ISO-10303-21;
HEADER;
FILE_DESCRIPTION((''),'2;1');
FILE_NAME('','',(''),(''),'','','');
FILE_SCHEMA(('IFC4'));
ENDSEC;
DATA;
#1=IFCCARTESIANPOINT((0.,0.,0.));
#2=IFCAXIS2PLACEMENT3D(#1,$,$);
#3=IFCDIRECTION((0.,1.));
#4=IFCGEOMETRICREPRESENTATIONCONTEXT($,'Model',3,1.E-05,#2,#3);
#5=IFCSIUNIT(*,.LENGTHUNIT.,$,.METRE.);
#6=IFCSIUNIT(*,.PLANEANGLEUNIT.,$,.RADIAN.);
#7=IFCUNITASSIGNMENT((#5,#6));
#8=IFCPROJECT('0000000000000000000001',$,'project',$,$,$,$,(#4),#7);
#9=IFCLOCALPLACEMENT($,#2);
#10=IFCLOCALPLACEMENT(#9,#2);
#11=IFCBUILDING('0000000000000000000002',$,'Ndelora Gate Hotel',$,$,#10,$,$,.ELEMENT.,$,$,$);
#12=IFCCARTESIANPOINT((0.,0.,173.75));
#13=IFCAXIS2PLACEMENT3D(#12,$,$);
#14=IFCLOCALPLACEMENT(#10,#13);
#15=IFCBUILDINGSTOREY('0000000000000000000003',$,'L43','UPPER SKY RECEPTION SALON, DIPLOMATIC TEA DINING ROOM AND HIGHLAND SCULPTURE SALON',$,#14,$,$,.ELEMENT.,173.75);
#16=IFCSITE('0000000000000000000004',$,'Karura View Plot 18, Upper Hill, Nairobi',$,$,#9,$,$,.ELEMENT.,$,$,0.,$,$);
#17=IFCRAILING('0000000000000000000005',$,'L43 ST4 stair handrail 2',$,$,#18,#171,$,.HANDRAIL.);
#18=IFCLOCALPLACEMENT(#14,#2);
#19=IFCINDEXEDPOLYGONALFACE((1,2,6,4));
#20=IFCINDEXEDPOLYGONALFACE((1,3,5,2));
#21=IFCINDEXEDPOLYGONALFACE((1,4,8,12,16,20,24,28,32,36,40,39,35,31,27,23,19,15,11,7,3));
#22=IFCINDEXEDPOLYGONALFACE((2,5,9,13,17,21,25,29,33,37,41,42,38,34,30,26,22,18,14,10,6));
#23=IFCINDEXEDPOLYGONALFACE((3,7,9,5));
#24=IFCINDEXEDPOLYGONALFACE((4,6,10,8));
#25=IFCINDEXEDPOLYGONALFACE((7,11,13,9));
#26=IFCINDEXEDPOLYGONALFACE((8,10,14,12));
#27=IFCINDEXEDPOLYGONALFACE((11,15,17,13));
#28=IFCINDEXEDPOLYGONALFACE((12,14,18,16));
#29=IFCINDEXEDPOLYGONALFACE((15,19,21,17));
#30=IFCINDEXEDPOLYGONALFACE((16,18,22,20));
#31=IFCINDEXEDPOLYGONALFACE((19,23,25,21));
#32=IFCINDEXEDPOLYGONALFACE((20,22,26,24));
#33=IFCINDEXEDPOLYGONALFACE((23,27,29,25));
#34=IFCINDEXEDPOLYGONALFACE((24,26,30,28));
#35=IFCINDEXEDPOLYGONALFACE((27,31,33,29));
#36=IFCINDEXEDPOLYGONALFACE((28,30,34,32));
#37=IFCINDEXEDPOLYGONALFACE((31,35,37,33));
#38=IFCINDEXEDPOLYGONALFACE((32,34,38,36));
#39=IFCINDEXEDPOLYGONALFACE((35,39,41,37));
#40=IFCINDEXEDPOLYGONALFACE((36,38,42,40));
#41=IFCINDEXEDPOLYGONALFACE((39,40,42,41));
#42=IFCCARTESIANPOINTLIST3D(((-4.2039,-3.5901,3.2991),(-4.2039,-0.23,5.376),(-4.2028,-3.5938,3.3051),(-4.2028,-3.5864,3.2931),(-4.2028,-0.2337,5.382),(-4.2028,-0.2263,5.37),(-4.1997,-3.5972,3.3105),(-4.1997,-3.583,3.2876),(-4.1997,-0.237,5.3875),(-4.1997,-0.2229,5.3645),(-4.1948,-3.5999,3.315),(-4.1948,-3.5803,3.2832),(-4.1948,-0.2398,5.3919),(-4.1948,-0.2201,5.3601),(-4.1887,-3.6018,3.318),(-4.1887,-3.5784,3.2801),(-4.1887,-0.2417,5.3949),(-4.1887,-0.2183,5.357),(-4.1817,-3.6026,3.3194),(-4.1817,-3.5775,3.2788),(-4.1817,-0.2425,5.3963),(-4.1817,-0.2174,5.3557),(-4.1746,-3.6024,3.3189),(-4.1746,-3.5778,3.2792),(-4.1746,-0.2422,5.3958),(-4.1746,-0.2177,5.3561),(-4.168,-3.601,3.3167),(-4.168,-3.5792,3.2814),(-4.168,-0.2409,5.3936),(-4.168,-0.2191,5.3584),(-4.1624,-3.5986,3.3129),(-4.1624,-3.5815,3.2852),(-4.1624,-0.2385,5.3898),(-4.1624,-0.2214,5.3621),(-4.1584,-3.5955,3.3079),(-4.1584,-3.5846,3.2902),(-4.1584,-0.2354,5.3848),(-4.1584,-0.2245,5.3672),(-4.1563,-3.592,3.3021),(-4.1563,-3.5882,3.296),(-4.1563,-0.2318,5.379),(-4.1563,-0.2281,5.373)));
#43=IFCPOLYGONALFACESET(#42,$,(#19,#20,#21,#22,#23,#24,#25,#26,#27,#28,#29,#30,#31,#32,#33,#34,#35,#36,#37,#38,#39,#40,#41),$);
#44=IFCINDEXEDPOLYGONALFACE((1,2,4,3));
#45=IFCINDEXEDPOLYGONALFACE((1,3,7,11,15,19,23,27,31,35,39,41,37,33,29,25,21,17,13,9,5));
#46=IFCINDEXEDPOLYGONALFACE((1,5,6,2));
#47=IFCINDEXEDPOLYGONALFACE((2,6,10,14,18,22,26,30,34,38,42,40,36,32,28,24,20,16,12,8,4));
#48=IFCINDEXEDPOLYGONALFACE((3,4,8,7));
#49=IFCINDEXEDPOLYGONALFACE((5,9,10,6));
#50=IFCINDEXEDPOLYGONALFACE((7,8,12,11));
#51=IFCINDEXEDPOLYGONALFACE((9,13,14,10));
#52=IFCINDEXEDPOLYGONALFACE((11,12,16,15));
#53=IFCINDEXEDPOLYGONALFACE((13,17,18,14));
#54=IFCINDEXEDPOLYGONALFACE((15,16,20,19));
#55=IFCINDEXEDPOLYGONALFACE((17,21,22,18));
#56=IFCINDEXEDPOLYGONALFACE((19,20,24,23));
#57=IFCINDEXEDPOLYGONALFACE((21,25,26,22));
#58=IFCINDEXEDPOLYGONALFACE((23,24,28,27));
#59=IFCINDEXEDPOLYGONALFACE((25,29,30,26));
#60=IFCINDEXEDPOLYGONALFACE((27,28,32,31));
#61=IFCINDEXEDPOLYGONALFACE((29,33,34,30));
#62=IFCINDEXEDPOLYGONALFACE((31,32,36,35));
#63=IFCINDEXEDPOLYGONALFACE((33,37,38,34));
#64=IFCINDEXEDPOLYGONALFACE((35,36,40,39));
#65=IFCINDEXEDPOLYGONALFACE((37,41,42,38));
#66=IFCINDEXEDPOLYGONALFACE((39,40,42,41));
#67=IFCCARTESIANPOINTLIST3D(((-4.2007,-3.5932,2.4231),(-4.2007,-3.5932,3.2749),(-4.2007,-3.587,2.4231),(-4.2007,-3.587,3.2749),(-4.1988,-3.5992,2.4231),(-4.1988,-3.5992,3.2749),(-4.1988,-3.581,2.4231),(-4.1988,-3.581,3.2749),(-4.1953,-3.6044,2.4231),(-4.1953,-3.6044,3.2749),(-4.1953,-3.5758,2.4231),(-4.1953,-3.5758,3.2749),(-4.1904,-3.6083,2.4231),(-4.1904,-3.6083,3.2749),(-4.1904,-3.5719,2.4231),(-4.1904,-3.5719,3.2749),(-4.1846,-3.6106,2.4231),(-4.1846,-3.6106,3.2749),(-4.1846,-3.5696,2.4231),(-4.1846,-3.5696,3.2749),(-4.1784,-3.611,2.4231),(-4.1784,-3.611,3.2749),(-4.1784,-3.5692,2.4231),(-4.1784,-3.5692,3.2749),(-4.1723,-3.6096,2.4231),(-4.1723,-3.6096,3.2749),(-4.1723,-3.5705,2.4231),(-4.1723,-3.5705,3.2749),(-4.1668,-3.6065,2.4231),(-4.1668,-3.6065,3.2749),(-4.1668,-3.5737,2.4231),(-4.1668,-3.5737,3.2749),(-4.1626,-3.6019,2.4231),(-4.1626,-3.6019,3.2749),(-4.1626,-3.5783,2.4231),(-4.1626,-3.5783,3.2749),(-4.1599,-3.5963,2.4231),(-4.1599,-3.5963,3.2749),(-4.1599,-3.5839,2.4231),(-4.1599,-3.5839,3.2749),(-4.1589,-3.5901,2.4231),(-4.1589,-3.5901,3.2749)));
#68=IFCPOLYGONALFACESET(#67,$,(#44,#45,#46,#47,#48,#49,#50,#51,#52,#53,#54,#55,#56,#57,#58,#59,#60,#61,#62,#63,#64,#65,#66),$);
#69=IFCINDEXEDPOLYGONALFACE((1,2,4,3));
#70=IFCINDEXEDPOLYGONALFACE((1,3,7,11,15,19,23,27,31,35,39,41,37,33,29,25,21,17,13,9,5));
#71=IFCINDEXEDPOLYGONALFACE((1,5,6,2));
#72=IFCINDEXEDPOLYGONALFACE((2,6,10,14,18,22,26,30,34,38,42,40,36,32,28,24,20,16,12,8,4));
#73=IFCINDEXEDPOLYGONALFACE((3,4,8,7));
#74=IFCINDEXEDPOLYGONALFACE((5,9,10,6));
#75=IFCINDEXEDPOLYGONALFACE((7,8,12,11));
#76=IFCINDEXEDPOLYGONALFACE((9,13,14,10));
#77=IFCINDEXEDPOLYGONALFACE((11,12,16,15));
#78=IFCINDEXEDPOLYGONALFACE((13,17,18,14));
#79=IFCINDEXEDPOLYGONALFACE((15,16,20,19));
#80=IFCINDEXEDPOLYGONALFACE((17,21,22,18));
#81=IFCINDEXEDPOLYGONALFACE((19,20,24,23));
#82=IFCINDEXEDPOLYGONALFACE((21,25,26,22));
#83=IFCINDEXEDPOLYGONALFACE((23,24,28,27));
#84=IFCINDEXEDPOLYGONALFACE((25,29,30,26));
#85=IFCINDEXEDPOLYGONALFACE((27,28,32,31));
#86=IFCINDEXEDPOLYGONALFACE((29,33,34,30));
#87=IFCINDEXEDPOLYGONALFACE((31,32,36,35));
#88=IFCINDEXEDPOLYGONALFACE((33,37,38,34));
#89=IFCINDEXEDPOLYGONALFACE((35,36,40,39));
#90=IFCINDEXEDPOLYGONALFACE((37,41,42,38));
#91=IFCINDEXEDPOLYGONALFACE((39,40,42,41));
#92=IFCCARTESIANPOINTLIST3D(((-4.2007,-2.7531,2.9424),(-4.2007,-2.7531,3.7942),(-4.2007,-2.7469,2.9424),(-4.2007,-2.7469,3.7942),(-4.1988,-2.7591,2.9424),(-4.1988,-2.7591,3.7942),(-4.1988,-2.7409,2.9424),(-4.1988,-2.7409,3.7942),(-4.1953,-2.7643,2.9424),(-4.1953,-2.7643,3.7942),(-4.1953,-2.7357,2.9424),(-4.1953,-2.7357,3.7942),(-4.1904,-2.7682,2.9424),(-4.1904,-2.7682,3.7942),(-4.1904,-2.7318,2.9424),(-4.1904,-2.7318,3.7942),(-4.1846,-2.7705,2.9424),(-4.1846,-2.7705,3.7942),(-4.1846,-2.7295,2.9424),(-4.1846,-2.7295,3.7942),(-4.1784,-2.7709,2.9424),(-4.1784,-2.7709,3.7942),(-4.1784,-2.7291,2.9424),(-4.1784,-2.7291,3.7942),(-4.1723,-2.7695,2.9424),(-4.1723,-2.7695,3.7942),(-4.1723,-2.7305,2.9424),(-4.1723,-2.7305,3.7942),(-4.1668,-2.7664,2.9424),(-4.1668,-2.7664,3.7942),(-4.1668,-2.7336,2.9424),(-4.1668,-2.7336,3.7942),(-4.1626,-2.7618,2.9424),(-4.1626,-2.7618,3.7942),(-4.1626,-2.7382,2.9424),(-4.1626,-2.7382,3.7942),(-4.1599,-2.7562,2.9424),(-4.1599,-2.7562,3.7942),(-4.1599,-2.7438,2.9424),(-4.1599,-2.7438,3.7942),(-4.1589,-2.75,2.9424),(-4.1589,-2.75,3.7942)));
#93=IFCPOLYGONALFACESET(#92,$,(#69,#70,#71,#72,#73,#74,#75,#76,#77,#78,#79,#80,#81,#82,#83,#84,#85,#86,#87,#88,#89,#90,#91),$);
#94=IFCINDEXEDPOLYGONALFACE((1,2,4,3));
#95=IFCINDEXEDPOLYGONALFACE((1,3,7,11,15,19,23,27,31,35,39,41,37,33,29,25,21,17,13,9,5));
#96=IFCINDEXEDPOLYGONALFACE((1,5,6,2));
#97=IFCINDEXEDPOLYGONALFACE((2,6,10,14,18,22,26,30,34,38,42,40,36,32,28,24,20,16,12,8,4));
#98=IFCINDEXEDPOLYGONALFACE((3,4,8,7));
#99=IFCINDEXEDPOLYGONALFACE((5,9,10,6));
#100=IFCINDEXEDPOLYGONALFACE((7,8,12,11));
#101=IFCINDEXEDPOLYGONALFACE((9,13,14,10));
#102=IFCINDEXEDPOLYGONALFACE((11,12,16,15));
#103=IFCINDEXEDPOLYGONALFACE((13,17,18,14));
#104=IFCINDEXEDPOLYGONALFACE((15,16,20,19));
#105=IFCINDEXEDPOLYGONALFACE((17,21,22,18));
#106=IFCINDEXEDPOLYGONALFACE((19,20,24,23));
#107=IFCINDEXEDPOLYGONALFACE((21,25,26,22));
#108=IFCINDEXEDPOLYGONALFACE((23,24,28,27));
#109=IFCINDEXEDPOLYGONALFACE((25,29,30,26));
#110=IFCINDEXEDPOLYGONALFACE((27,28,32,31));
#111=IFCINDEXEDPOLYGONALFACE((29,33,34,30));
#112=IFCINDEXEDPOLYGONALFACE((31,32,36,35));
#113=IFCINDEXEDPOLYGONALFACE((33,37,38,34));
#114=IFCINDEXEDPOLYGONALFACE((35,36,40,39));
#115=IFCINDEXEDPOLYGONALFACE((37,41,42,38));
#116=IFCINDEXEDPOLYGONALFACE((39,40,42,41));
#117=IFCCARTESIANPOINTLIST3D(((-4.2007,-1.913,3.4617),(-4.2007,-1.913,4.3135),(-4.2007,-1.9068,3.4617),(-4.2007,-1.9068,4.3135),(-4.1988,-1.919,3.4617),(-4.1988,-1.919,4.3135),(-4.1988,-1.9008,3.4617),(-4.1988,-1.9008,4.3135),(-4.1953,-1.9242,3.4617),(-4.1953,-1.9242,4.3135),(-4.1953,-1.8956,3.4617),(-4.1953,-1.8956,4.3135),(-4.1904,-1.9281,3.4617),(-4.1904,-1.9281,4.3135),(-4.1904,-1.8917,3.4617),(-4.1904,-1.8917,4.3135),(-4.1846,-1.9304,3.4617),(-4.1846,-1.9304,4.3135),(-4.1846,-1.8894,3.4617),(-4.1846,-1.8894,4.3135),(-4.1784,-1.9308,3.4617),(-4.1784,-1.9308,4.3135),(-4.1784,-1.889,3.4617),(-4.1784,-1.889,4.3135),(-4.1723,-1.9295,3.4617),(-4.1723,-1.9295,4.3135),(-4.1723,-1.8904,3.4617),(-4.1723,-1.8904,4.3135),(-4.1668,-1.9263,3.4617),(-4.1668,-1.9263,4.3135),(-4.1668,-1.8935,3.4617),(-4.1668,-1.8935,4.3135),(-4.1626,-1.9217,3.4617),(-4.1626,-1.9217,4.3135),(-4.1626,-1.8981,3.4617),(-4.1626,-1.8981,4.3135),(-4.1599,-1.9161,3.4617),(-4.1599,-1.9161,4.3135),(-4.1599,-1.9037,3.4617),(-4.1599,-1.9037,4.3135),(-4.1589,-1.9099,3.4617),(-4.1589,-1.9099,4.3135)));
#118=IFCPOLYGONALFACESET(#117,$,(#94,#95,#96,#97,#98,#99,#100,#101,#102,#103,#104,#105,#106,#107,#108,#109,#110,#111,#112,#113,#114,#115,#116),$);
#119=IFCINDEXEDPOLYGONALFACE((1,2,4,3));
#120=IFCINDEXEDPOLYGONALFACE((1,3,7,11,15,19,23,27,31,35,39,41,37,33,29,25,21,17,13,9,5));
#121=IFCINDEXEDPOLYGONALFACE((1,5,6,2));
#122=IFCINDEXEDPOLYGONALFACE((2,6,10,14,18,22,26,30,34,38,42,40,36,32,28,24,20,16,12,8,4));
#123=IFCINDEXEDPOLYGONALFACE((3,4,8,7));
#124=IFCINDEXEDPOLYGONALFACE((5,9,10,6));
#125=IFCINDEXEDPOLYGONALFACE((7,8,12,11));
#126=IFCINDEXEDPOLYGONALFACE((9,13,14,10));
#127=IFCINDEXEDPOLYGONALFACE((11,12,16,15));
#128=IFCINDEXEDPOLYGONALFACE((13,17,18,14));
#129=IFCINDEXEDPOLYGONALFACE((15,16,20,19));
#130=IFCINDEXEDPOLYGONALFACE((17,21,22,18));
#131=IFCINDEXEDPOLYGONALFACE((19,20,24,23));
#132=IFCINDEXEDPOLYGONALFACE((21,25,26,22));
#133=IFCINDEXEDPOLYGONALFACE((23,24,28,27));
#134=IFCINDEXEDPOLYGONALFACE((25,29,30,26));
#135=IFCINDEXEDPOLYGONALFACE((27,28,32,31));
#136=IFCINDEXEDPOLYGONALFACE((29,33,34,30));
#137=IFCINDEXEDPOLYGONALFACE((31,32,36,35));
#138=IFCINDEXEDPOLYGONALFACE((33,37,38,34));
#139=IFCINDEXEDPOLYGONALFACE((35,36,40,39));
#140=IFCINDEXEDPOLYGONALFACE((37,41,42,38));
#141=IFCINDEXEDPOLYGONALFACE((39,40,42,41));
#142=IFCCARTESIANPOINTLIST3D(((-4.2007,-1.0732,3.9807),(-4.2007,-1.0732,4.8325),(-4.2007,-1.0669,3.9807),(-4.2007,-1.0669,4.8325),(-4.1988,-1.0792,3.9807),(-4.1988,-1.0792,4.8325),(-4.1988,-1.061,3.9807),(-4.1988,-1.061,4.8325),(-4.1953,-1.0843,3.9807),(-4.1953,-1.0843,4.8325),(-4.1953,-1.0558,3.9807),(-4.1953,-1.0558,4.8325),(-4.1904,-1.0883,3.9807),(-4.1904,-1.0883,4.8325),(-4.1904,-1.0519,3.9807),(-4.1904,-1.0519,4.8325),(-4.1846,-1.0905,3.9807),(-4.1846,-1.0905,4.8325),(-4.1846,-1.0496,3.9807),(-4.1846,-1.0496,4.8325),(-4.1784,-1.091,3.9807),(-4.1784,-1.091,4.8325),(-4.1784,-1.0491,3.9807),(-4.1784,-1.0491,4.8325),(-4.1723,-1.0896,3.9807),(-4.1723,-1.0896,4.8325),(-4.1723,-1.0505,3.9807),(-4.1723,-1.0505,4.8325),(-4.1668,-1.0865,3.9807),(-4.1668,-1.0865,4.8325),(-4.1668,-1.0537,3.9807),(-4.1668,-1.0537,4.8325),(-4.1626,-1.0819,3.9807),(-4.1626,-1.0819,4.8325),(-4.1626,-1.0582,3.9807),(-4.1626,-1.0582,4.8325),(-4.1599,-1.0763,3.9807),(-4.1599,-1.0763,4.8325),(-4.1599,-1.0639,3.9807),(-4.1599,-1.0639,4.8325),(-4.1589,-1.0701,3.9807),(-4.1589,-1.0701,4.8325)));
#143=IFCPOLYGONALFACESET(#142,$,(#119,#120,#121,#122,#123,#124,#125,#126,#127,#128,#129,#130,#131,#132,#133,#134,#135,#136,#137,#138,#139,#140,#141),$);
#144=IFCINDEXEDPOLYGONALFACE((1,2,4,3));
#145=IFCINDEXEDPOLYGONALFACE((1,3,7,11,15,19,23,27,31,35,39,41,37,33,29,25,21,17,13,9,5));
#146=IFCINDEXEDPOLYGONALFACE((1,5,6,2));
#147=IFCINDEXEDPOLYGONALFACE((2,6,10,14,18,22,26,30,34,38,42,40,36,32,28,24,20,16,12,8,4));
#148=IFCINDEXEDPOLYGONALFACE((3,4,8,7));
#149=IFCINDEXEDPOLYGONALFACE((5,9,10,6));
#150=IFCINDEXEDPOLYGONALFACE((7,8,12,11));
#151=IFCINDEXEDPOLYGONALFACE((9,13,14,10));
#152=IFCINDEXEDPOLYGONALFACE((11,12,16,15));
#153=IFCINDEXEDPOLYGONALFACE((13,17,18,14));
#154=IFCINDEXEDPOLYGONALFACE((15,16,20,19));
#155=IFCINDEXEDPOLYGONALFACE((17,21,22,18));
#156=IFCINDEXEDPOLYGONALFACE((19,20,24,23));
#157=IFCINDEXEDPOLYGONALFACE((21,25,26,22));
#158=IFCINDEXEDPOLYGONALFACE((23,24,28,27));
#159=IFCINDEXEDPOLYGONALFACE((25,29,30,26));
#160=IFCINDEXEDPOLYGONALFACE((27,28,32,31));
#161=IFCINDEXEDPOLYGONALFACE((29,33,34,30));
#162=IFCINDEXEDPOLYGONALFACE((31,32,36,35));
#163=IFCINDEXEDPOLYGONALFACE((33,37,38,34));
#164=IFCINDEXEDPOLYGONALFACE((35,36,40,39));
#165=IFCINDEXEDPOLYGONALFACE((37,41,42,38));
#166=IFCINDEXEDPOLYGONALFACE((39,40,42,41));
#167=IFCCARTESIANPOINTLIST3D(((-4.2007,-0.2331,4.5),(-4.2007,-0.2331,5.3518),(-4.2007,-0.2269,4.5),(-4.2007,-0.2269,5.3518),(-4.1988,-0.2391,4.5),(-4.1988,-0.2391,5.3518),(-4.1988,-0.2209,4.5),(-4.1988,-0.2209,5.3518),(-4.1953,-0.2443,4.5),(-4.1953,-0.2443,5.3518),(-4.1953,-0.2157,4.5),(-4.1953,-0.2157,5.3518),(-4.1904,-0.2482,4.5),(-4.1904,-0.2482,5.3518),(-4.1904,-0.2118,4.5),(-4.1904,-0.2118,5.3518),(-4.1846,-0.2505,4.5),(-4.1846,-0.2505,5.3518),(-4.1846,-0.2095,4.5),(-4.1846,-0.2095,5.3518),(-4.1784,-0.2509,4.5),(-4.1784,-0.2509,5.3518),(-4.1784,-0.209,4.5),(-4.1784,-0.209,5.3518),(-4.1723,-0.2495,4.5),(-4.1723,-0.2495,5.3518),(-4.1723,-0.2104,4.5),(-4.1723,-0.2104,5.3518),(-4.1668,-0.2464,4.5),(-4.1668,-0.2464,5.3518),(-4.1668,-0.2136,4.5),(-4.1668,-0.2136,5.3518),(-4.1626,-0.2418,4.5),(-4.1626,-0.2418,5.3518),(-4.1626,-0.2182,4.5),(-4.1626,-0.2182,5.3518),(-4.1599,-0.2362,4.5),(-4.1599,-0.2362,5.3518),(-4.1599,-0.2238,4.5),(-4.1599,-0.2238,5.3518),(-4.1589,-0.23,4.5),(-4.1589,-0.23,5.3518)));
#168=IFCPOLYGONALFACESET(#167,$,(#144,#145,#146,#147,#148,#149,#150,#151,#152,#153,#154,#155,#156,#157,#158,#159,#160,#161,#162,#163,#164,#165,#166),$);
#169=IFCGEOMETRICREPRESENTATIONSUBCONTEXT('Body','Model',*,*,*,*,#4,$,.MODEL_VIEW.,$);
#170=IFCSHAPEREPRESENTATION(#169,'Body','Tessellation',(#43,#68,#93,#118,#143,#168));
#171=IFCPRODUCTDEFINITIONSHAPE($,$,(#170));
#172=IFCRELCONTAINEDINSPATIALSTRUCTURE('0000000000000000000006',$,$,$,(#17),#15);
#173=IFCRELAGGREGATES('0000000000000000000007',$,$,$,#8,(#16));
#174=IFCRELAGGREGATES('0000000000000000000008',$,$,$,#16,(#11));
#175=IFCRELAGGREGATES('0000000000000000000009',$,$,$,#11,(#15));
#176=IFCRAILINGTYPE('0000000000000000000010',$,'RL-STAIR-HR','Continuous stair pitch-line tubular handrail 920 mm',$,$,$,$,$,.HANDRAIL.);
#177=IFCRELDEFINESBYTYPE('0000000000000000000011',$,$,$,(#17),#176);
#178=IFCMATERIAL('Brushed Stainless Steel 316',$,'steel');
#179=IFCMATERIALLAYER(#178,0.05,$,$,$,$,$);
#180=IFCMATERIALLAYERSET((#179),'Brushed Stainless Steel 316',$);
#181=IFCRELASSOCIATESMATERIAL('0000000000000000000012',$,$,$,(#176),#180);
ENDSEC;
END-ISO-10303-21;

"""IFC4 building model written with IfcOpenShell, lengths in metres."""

from ifc_helpers import new_model, si_unit, direction, frame, origin, origin_2d, place, context, subcontext, project, spatial, circle, extrude, material, layer, layer_set, type_object, element, save


model = new_model("IFC4")

# Units and contexts
model_context = context("Model", 3, precision=1e-05, world=origin(), true_north=direction((0.0, 1.0)))
body_context = subcontext(model_context, "Body", "Model", "MODEL_VIEW")
ifc_project = project(units=[si_unit("LENGTHUNIT", "METRE"), si_unit("PLANEANGLEUNIT", "RADIAN")], contexts=[model_context])

# Site, building, storey
site_placement = place(None, origin())
site = spatial("IfcSite", under=ifc_project, at=site_placement, Name="Karura View Plot 18, Upper Hill, Nairobi", CompositionType="ELEMENT", RefElevation=0.0)
building_placement = place(site_placement, origin())
building = spatial("IfcBuilding", under=site, at=building_placement, Name="Ndelora Gate Hotel", CompositionType="ELEMENT")
storey_placement = place(building_placement, frame((0.0, 0.0, 173.75)))
storey = spatial("IfcBuildingStorey", under=building, at=storey_placement, Name="L43", Description="UPPER SKY RECEPTION SALON, DIPLOMATIC TEA DINING ROOM AND HIGHLAND SCULPTURE SALON", CompositionType="ELEMENT", Elevation=173.75)

# Railing
ifc_material_1 = material(Name="Brushed Stainless Steel 316", Category="steel")
ifc_layer_1 = layer(ifc_material_1, 0.05)
ifc_layer_set_1 = layer_set([ifc_layer_1], Name="Brushed Stainless Steel 316")
railing_type_1 = type_object("IfcRailingType", Name="RL-STAIR-HR", Description="Continuous stair pitch-line tubular handrail 920 mm", PredefinedType="HANDRAIL", material=ifc_layer_set_1)
railing_1_placement = place(storey_placement, frame((-4.1799, -3.5901, 2.4231)))
element("IfcRailing", 1, at=railing_1_placement, inside=storey, type_object=railing_type_1, Name="L43 ST4 stair handrail 2", PredefinedType="HANDRAIL", context=body_context, shape_type="SweptSolid", body=[
    extrude(circle(Radius=0.0239, at=origin_2d()), frame((0.0, 0.0, 0.876), z_axis=(0.0, 0.850623, 0.525776), x_axis=(-1.0, 0.0, 0.0)), (0.0, 0.0, 1.0), 3.9502),
    extrude(circle(Radius=0.021, at=origin_2d()), origin(), (0.0, 0.0, 1.0), 0.8518),
    extrude(circle(Radius=0.021, at=origin_2d()), frame((0.0, 0.8401, 0.5193)), (0.0, 0.0, 1.0), 0.8518),
    extrude(circle(Radius=0.021, at=origin_2d()), frame((0.0, 1.6802, 1.0386)), (0.0, 0.0, 1.0), 0.8518),
    extrude(circle(Radius=0.021, at=origin_2d()), frame((0.0, 2.52, 1.5576)), (0.0, 0.0, 1.0), 0.8518),
    extrude(circle(Radius=0.021, at=origin_2d()), frame((0.0, 3.3601, 2.0769)), (0.0, 0.0, 1.0), 0.8518),
])

save(model, "model.ifc")
